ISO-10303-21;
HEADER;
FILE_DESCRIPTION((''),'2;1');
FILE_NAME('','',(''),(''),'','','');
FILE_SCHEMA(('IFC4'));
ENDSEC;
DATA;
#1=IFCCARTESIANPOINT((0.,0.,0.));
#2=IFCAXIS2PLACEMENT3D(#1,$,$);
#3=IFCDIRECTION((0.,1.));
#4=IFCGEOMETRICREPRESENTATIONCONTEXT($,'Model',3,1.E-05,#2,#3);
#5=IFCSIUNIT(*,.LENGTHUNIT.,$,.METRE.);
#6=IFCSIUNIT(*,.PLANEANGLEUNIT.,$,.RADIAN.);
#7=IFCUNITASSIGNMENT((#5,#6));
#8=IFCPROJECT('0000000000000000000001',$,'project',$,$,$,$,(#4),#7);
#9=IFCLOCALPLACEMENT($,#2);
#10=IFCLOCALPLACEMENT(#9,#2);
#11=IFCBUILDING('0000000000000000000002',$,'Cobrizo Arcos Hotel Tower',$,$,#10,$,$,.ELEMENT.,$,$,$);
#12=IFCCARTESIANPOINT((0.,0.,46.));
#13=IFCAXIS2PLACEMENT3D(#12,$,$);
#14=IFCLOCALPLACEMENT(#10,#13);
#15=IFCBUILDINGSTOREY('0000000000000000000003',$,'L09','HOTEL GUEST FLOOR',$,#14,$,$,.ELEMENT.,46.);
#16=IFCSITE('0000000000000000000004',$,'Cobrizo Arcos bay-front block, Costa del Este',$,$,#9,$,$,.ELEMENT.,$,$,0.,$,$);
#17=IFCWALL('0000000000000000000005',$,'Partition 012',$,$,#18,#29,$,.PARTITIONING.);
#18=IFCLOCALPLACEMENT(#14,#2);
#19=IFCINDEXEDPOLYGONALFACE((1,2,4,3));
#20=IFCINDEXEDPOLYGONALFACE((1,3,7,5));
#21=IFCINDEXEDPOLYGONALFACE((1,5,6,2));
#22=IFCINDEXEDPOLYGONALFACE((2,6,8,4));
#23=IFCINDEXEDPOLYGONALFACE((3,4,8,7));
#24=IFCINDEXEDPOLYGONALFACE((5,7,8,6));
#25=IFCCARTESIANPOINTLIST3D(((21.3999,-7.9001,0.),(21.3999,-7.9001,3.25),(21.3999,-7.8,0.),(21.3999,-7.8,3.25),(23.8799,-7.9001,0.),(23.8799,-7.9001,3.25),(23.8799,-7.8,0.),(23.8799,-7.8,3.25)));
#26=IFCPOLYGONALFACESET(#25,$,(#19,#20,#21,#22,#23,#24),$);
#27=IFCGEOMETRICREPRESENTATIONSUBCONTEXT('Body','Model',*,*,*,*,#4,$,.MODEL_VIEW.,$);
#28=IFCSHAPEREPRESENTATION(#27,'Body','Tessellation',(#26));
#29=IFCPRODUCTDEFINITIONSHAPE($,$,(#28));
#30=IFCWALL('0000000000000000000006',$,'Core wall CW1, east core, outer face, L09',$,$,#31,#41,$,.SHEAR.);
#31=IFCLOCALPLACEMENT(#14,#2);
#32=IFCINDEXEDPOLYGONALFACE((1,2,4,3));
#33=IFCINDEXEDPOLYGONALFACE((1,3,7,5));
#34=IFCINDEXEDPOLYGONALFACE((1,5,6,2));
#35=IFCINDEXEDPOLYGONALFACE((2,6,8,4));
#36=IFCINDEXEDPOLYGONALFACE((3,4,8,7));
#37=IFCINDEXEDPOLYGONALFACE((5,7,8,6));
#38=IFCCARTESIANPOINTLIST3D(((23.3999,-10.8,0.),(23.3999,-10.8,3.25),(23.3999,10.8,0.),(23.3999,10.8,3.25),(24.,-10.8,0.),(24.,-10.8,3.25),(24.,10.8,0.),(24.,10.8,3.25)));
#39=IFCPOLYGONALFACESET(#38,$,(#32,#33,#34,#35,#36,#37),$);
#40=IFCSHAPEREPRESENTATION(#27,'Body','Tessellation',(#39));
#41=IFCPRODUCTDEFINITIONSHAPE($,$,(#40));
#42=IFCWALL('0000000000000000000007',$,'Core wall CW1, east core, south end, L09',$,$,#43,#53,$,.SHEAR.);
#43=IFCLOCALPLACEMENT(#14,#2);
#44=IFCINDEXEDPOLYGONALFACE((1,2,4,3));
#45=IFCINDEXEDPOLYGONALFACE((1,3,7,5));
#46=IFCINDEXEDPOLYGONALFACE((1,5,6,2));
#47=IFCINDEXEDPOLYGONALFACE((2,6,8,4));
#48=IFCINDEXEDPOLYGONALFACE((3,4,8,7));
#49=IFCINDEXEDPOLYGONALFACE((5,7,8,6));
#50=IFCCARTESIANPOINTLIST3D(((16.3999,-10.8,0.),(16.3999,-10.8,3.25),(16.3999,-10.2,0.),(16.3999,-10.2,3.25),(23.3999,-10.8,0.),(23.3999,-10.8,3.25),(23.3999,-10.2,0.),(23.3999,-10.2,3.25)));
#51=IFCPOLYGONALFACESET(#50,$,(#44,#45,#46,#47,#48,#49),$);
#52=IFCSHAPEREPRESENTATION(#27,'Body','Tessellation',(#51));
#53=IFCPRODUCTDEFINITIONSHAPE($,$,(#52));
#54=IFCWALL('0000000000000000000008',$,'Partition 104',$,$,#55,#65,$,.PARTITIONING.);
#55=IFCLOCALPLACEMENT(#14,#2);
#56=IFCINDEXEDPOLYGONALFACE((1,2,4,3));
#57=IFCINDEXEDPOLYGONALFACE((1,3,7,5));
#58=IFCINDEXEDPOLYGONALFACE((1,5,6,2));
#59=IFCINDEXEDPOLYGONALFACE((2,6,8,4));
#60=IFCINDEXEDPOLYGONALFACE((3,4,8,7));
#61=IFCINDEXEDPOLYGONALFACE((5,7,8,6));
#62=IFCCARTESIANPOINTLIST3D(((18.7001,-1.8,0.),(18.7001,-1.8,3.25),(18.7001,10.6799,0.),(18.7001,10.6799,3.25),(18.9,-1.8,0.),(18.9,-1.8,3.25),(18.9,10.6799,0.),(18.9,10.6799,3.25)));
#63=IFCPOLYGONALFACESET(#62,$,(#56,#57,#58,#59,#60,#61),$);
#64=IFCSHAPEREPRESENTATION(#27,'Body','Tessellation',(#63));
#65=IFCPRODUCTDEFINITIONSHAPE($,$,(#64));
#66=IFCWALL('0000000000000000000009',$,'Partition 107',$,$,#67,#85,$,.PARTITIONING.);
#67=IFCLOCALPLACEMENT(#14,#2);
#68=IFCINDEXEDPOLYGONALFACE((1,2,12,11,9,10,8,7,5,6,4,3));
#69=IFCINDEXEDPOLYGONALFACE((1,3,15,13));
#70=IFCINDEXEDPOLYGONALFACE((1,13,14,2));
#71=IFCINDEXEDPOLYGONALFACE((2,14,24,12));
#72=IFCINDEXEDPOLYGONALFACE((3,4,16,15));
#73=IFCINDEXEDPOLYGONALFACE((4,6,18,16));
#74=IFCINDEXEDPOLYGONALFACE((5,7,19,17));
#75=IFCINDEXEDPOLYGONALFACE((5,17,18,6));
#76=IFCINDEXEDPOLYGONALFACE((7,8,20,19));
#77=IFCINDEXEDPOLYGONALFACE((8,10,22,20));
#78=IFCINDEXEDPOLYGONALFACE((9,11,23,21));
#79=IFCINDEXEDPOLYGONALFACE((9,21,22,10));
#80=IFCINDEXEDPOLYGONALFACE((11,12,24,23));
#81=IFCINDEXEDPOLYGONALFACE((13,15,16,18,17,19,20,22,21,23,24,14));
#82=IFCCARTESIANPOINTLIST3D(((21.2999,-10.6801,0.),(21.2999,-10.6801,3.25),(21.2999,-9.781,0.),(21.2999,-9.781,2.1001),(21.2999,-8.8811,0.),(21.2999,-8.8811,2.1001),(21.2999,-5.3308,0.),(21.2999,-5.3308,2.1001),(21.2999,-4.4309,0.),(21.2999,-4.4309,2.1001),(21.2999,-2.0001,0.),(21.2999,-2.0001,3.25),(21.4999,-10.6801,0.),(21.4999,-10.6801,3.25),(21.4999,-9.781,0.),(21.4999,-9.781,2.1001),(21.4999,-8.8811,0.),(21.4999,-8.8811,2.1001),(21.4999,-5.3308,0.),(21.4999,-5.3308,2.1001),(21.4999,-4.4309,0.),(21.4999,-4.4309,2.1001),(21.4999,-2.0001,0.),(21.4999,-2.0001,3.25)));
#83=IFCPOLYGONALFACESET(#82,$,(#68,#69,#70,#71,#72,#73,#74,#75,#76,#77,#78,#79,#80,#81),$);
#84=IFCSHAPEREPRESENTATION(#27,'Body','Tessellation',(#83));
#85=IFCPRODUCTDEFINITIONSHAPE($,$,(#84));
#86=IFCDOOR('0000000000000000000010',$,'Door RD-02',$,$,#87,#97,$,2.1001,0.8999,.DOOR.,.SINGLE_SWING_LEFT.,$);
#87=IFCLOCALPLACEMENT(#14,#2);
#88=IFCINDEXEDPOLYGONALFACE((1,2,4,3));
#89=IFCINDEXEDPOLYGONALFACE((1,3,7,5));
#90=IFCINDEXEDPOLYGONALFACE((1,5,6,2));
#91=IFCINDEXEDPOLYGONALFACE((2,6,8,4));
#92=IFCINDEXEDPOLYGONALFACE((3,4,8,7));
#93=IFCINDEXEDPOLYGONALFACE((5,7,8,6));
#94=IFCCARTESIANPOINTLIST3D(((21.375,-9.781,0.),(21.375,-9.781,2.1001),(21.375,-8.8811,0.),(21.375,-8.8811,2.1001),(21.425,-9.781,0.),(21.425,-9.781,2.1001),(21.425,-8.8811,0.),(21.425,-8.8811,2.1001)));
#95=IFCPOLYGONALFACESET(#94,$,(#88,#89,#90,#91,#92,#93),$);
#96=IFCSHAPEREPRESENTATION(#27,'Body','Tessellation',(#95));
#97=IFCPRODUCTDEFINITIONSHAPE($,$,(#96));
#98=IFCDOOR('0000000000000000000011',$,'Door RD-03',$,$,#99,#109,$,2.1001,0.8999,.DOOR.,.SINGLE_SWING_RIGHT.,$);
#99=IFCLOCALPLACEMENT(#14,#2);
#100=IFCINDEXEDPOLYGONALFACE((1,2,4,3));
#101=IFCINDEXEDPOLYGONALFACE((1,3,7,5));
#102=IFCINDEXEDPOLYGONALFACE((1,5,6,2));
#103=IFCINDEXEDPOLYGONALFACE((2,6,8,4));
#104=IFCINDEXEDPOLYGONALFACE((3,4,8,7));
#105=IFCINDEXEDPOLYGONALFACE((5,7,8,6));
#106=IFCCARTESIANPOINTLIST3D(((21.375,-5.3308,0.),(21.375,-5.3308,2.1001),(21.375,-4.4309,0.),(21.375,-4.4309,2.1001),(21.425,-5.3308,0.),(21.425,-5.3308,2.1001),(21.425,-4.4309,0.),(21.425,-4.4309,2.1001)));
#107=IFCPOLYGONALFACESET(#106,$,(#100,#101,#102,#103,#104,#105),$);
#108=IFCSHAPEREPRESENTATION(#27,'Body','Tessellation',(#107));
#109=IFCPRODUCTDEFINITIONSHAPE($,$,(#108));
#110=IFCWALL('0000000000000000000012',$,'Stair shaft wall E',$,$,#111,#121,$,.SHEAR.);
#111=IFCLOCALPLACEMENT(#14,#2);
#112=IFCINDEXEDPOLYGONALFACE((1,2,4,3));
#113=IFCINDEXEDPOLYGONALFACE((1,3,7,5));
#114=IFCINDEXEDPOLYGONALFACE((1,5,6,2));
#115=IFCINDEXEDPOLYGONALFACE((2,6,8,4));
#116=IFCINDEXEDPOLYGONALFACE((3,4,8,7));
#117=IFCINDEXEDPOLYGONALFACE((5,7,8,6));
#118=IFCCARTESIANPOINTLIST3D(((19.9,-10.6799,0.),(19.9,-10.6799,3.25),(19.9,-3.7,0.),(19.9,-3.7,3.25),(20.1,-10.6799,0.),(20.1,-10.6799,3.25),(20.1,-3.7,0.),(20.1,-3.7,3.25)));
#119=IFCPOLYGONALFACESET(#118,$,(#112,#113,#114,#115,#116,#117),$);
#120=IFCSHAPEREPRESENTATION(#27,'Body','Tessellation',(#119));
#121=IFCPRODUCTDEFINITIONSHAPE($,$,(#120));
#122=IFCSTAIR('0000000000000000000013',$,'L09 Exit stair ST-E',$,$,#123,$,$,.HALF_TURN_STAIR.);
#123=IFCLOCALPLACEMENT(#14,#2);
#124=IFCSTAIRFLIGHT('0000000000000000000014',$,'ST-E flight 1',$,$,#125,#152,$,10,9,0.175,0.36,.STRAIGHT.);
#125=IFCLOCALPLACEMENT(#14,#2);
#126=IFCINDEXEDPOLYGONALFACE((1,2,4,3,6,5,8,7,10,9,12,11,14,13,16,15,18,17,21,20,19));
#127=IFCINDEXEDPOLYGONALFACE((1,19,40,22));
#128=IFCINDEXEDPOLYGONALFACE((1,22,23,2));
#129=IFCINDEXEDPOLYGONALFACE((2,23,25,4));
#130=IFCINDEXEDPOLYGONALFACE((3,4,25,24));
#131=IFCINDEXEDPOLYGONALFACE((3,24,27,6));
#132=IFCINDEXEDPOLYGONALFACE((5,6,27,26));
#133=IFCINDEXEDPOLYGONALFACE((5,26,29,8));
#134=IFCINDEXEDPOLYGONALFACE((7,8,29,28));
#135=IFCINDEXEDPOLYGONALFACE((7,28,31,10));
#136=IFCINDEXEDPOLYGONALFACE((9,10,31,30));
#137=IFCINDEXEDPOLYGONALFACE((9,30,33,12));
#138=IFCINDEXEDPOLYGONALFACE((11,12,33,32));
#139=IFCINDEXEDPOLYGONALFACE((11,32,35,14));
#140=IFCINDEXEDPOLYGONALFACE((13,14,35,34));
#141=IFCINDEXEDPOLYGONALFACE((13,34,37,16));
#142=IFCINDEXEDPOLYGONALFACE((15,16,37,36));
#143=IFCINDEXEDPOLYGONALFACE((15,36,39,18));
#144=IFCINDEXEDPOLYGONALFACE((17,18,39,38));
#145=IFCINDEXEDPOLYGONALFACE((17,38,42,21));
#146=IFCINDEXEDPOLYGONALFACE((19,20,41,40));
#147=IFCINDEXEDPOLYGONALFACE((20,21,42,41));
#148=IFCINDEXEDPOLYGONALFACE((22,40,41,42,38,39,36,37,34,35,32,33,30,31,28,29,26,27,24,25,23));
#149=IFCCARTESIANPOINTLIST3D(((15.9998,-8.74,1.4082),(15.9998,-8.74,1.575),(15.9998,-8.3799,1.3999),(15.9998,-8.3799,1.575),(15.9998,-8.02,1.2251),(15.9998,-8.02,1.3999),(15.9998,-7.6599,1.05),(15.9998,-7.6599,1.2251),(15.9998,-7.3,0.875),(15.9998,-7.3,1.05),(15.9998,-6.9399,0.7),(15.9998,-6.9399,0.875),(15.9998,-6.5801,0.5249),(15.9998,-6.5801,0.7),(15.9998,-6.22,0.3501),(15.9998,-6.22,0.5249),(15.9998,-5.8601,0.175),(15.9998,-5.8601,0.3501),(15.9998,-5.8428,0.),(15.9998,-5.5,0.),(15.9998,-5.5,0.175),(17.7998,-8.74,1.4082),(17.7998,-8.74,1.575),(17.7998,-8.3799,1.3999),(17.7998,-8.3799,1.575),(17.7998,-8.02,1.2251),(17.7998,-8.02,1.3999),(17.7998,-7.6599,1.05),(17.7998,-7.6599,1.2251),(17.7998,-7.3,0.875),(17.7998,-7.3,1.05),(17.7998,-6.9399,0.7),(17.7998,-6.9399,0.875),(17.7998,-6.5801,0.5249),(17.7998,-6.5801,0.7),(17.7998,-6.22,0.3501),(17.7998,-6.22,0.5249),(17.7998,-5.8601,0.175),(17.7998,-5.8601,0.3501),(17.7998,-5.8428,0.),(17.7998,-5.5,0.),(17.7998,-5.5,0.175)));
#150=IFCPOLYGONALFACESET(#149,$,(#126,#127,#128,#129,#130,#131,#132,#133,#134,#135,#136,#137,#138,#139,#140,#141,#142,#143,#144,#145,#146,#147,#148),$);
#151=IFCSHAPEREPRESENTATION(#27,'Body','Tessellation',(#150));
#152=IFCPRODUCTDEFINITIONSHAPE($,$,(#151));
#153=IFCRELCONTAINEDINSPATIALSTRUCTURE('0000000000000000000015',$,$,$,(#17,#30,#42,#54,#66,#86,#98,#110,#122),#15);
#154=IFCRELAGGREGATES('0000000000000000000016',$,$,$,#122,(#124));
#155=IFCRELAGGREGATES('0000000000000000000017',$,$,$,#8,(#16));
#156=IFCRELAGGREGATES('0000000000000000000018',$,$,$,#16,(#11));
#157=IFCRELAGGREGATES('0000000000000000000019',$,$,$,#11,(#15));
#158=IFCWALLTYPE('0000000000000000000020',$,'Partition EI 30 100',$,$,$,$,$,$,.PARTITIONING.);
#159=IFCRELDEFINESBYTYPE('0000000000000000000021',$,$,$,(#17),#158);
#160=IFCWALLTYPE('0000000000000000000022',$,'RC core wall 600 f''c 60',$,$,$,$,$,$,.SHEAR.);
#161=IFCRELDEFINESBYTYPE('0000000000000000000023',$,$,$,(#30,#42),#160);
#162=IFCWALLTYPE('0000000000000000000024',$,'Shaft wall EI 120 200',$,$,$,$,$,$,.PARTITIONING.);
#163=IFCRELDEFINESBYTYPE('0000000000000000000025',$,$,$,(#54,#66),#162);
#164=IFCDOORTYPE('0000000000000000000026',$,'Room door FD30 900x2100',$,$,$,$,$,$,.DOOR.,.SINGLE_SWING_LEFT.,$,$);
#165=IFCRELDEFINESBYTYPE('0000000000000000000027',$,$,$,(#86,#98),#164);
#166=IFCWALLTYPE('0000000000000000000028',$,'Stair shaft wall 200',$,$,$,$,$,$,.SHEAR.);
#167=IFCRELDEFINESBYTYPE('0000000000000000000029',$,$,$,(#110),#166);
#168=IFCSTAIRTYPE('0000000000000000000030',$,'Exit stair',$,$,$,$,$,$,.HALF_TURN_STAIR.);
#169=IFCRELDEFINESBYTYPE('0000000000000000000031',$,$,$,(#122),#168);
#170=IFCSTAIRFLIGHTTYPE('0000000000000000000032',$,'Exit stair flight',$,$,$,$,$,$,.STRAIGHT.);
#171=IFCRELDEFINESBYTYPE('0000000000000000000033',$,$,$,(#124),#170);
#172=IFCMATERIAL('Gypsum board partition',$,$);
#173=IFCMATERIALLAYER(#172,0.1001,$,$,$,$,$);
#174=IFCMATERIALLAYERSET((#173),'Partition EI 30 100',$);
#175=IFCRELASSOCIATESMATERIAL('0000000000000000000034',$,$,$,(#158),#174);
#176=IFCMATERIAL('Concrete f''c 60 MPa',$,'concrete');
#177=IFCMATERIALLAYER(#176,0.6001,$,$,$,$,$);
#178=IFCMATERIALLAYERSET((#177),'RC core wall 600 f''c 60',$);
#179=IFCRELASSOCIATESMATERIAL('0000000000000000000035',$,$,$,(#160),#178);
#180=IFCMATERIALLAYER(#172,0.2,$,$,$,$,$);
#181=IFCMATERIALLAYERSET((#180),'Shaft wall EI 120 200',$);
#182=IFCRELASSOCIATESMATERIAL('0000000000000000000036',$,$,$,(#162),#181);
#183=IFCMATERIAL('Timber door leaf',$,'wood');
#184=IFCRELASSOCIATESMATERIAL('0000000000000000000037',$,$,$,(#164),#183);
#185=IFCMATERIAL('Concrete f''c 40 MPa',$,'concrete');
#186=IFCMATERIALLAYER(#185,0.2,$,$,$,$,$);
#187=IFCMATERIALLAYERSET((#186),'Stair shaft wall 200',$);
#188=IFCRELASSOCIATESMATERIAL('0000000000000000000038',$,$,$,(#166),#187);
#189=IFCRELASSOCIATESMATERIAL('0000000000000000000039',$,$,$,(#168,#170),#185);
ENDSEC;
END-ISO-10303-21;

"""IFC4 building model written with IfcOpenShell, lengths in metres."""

from ifc_helpers import new_model, si_unit, direction, frame, frame_2d, origin, place, context, subcontext, project, spatial, polyline, rectangle, outline, extrude, material, layer, layer_set, type_object, element, fill, aggregate, save


model = new_model("IFC4")

# Units and contexts
model_context = context("Model", 3, precision=1e-05, world=origin(), true_north=direction((0.0, 1.0)))
body_context = subcontext(model_context, "Body", "Model", "MODEL_VIEW")
ifc_project = project(units=[si_unit("LENGTHUNIT", "METRE"), si_unit("PLANEANGLEUNIT", "RADIAN")], contexts=[model_context])

# Site, building, storey
site_placement = place(None, origin())
site = spatial("IfcSite", under=ifc_project, at=site_placement, Name="Cobrizo Arcos bay-front block, Costa del Este", CompositionType="ELEMENT", RefElevation=0.0)
building_placement = place(site_placement, origin())
building = spatial("IfcBuilding", under=site, at=building_placement, Name="Cobrizo Arcos Hotel Tower", CompositionType="ELEMENT")
storey_placement = place(building_placement, frame((0.0, 0.0, 46.0)))
storey = spatial("IfcBuildingStorey", under=building, at=storey_placement, Name="L09", Description="HOTEL GUEST FLOOR", CompositionType="ELEMENT", Elevation=46.0)

# Walls
ifc_material_1 = material(Name="Gypsum board partition")
ifc_layer_1 = layer(ifc_material_1, 0.1001)
ifc_layer_set_1 = layer_set([ifc_layer_1], Name="Partition EI 30 100")
wall_type_1 = type_object("IfcWallType", Name="Partition EI 30 100", PredefinedType="PARTITIONING", material=ifc_layer_set_1)
wall_1_placement = place(storey_placement, frame((21.3999, -7.8501, 0.0), z_axis=(0.0, 0.0, 1.0), x_axis=(1.0, 0.0, 0.0)))
element("IfcWall", 1, at=wall_1_placement, inside=storey, type_object=wall_type_1, Name="Partition 012", PredefinedType="PARTITIONING", context=body_context, shape_type="SweptSolid", body=[
    extrude(rectangle(XDim=2.48, YDim=0.1001, at=frame_2d((1.24, 0.0))), origin(), (0.0, 0.0, 1.0), 3.25),
])
ifc_material_2 = material(Name="Concrete f'c 60 MPa", Category="concrete")
ifc_layer_2 = layer(ifc_material_2, 0.6001)
ifc_layer_set_2 = layer_set([ifc_layer_2], Name="RC core wall 600 f'c 60")
wall_type_2 = type_object("IfcWallType", Name="RC core wall 600 f'c 60", PredefinedType="SHEAR", material=ifc_layer_set_2)
wall_2_placement = place(storey_placement, frame((23.7, -10.8, 0.0), z_axis=(0.0, 0.0, 1.0), x_axis=(0.0, 1.0, 0.0)))
element("IfcWall", 2, at=wall_2_placement, inside=storey, type_object=wall_type_2, Name="Core wall CW1, east core, outer face, L09", PredefinedType="SHEAR", context=body_context, shape_type="SweptSolid", body=[
    extrude(rectangle(XDim=21.6001, YDim=0.6001, at=frame_2d((10.8, 0.0))), origin(), (0.0, 0.0, 1.0), 3.25),
])
wall_3_placement = place(storey_placement, frame((16.3999, -10.5, 0.0), z_axis=(0.0, 0.0, 1.0), x_axis=(1.0, 0.0, 0.0)))
element("IfcWall", 3, at=wall_3_placement, inside=storey, type_object=wall_type_2, Name="Core wall CW1, east core, south end, L09", PredefinedType="SHEAR", context=body_context, shape_type="SweptSolid", body=[
    extrude(rectangle(XDim=7.0, YDim=0.6001, at=frame_2d((3.5, 0.0))), origin(), (0.0, 0.0, 1.0), 3.25),
])
ifc_layer_3 = layer(ifc_material_1, 0.2)
ifc_layer_set_3 = layer_set([ifc_layer_3], Name="Shaft wall EI 120 200")
wall_type_3 = type_object("IfcWallType", Name="Shaft wall EI 120 200", PredefinedType="PARTITIONING", material=ifc_layer_set_3)
wall_4_placement = place(storey_placement, frame((18.8, -1.8, 0.0), z_axis=(0.0, 0.0, 1.0), x_axis=(0.0, 1.0, 0.0)))
element("IfcWall", 4, at=wall_4_placement, inside=storey, type_object=wall_type_3, Name="Partition 104", PredefinedType="PARTITIONING", context=body_context, shape_type="SweptSolid", body=[
    extrude(rectangle(XDim=12.48, YDim=0.2, at=frame_2d((6.24, 0.0))), origin(), (0.0, 0.0, 1.0), 3.25),
])

# Wall, openings, doors
wall_5_placement = place(storey_placement, frame((21.3999, -10.6799, 0.0), z_axis=(0.0, 0.0, 1.0), x_axis=(0.0, 1.0, 0.0)))
wall_5 = element("IfcWall", 5, at=wall_5_placement, inside=storey, type_object=wall_type_3, Name="Partition 107", PredefinedType="PARTITIONING", context=body_context, shape_type="SweptSolid", body=[
    extrude(rectangle(XDim=8.6799, YDim=0.2, at=frame_2d((4.3398, 0.0))), origin(), (0.0, 0.0, 1.0), 3.25),
])
opening_1_placement = place(wall_5_placement, frame((0.8989, 0.0, 0.0)))
opening_1 = element("IfcOpeningElement", 6, at=opening_1_placement, cuts=wall_5, PredefinedType="OPENING", context=body_context, shape_type="SweptSolid", body=[
    extrude(rectangle(XDim=0.8999, YDim=2.1001, at=frame_2d((0.45, 1.05))), frame((0.0, 0.1121, 0.0), z_axis=(0.0, -1.0, 0.0), x_axis=(1.0, 0.0, 0.0)), (0.0, 0.0, 1.0), 0.2239),
])
opening_2_placement = place(wall_5_placement, frame((5.3491, 0.0, 0.0)))
opening_2 = element("IfcOpeningElement", 7, at=opening_2_placement, cuts=wall_5, PredefinedType="OPENING", context=body_context, shape_type="SweptSolid", body=[
    extrude(rectangle(XDim=0.8999, YDim=2.1001, at=frame_2d((0.45, 1.05))), frame((0.0, 0.1121, 0.0), z_axis=(0.0, -1.0, 0.0), x_axis=(1.0, 0.0, 0.0)), (0.0, 0.0, 1.0), 0.2239),
])
ifc_material_3 = material(Name="Timber door leaf", Category="wood")
door_type = type_object("IfcDoorType", Name="Room door FD30 900x2100", OperationType="SINGLE_SWING_LEFT", PredefinedType="DOOR", material=ifc_material_3)
door_1_placement = place(opening_1_placement, origin())
door_1 = element("IfcDoor", 8, at=door_1_placement, inside=storey, type_object=door_type, Name="Door RD-02", OperationType="SINGLE_SWING_LEFT", OverallHeight=2.1001, OverallWidth=0.8999, PredefinedType="DOOR", context=body_context, shape_type="SweptSolid", body=[
    extrude(rectangle(XDim=0.8999, YDim=2.1001, at=frame_2d((0.45, 1.05))), frame((0.0, 0.0249, 0.0), z_axis=(0.0, -1.0, 0.0), x_axis=(1.0, 0.0, 0.0)), (0.0, 0.0, 1.0), 0.05),
])
fill(opening_1, door_1)
door_2_placement = place(opening_2_placement, origin())
door_2 = element("IfcDoor", 9, at=door_2_placement, inside=storey, type_object=door_type, Name="Door RD-03", OperationType="SINGLE_SWING_RIGHT", OverallHeight=2.1001, OverallWidth=0.8999, PredefinedType="DOOR", context=body_context, shape_type="SweptSolid", body=[
    extrude(rectangle(XDim=0.8999, YDim=2.1001, at=frame_2d((0.45, 1.05))), frame((0.0, 0.0249, 0.0), z_axis=(0.0, -1.0, 0.0), x_axis=(1.0, 0.0, 0.0)), (0.0, 0.0, 1.0), 0.05),
])
fill(opening_2, door_2)

# Wall
ifc_material_4 = material(Name="Concrete f'c 40 MPa", Category="concrete")
ifc_layer_4 = layer(ifc_material_4, 0.2)
ifc_layer_set_4 = layer_set([ifc_layer_4], Name="Stair shaft wall 200")
wall_type_4 = type_object("IfcWallType", Name="Stair shaft wall 200", PredefinedType="SHEAR", material=ifc_layer_set_4)
wall_6_placement = place(storey_placement, frame((20.0, -10.6799, 0.0), z_axis=(0.0, 0.0, 1.0), x_axis=(0.0, 1.0, 0.0)))
element("IfcWall", 10, at=wall_6_placement, inside=storey, type_object=wall_type_4, Name="Stair shaft wall E", PredefinedType="SHEAR", context=body_context, shape_type="SweptSolid", body=[
    extrude(rectangle(XDim=6.98, YDim=0.2, at=frame_2d((3.49, 0.0))), origin(), (0.0, 0.0, 1.0), 3.25),
])

# Stair, stair flight
stair_type = type_object("IfcStairType", Name="Exit stair", PredefinedType="HALF_TURN_STAIR", material=ifc_material_4)
stair_placement = place(storey_placement, origin())
stair = element("IfcStair", 11, at=stair_placement, inside=storey, type_object=stair_type, Name="L09 Exit stair ST-E", PredefinedType="HALF_TURN_STAIR")
stair_flight_type = type_object("IfcStairFlightType", Name="Exit stair flight", PredefinedType="STRAIGHT", material=ifc_material_4)
stair_flight_1_placement = place(storey_placement, frame((16.8999, -5.5, 0.0), z_axis=(0.0, 0.0, 1.0), x_axis=(0.0, -1.0, 0.0)))
stair_flight_1 = element("IfcStairFlight", 12, at=stair_flight_1_placement, type_object=stair_flight_type, Name="ST-E flight 1", NumberOfRisers=10, NumberOfTreads=9, PredefinedType="STRAIGHT", RiserHeight=0.175, TreadLength=0.36, context=body_context, shape_type="SweptSolid", body=[
    extrude(outline(polyline([(0.0, 0.0), (0.0, 0.175), (0.3601, 0.175), (0.3601, 0.3501), (0.72, 0.3501), (0.72, 0.5249), (1.0801, 0.5249), (1.0801, 0.7), (1.4399, 0.7), (1.4399, 0.875), (1.8, 0.875), (1.8, 1.05), (2.1599, 1.05), (2.1599, 1.2251), (2.52, 1.2251), (2.52, 1.3999), (2.8799, 1.3999), (2.8799, 1.575), (3.24, 1.575), (3.24, 1.75), (3.24, 1.4082), (0.3428, 0.0), (0.0, 0.0)])), frame((0.0, 0.8999, 0.0), z_axis=(0.0, -1.0, 0.0), x_axis=(1.0, 0.0, 0.0)), (0.0, 0.0, 1.0), 1.8),
])
aggregate(stair, [stair_flight_1])

save(model, "model.ifc")
